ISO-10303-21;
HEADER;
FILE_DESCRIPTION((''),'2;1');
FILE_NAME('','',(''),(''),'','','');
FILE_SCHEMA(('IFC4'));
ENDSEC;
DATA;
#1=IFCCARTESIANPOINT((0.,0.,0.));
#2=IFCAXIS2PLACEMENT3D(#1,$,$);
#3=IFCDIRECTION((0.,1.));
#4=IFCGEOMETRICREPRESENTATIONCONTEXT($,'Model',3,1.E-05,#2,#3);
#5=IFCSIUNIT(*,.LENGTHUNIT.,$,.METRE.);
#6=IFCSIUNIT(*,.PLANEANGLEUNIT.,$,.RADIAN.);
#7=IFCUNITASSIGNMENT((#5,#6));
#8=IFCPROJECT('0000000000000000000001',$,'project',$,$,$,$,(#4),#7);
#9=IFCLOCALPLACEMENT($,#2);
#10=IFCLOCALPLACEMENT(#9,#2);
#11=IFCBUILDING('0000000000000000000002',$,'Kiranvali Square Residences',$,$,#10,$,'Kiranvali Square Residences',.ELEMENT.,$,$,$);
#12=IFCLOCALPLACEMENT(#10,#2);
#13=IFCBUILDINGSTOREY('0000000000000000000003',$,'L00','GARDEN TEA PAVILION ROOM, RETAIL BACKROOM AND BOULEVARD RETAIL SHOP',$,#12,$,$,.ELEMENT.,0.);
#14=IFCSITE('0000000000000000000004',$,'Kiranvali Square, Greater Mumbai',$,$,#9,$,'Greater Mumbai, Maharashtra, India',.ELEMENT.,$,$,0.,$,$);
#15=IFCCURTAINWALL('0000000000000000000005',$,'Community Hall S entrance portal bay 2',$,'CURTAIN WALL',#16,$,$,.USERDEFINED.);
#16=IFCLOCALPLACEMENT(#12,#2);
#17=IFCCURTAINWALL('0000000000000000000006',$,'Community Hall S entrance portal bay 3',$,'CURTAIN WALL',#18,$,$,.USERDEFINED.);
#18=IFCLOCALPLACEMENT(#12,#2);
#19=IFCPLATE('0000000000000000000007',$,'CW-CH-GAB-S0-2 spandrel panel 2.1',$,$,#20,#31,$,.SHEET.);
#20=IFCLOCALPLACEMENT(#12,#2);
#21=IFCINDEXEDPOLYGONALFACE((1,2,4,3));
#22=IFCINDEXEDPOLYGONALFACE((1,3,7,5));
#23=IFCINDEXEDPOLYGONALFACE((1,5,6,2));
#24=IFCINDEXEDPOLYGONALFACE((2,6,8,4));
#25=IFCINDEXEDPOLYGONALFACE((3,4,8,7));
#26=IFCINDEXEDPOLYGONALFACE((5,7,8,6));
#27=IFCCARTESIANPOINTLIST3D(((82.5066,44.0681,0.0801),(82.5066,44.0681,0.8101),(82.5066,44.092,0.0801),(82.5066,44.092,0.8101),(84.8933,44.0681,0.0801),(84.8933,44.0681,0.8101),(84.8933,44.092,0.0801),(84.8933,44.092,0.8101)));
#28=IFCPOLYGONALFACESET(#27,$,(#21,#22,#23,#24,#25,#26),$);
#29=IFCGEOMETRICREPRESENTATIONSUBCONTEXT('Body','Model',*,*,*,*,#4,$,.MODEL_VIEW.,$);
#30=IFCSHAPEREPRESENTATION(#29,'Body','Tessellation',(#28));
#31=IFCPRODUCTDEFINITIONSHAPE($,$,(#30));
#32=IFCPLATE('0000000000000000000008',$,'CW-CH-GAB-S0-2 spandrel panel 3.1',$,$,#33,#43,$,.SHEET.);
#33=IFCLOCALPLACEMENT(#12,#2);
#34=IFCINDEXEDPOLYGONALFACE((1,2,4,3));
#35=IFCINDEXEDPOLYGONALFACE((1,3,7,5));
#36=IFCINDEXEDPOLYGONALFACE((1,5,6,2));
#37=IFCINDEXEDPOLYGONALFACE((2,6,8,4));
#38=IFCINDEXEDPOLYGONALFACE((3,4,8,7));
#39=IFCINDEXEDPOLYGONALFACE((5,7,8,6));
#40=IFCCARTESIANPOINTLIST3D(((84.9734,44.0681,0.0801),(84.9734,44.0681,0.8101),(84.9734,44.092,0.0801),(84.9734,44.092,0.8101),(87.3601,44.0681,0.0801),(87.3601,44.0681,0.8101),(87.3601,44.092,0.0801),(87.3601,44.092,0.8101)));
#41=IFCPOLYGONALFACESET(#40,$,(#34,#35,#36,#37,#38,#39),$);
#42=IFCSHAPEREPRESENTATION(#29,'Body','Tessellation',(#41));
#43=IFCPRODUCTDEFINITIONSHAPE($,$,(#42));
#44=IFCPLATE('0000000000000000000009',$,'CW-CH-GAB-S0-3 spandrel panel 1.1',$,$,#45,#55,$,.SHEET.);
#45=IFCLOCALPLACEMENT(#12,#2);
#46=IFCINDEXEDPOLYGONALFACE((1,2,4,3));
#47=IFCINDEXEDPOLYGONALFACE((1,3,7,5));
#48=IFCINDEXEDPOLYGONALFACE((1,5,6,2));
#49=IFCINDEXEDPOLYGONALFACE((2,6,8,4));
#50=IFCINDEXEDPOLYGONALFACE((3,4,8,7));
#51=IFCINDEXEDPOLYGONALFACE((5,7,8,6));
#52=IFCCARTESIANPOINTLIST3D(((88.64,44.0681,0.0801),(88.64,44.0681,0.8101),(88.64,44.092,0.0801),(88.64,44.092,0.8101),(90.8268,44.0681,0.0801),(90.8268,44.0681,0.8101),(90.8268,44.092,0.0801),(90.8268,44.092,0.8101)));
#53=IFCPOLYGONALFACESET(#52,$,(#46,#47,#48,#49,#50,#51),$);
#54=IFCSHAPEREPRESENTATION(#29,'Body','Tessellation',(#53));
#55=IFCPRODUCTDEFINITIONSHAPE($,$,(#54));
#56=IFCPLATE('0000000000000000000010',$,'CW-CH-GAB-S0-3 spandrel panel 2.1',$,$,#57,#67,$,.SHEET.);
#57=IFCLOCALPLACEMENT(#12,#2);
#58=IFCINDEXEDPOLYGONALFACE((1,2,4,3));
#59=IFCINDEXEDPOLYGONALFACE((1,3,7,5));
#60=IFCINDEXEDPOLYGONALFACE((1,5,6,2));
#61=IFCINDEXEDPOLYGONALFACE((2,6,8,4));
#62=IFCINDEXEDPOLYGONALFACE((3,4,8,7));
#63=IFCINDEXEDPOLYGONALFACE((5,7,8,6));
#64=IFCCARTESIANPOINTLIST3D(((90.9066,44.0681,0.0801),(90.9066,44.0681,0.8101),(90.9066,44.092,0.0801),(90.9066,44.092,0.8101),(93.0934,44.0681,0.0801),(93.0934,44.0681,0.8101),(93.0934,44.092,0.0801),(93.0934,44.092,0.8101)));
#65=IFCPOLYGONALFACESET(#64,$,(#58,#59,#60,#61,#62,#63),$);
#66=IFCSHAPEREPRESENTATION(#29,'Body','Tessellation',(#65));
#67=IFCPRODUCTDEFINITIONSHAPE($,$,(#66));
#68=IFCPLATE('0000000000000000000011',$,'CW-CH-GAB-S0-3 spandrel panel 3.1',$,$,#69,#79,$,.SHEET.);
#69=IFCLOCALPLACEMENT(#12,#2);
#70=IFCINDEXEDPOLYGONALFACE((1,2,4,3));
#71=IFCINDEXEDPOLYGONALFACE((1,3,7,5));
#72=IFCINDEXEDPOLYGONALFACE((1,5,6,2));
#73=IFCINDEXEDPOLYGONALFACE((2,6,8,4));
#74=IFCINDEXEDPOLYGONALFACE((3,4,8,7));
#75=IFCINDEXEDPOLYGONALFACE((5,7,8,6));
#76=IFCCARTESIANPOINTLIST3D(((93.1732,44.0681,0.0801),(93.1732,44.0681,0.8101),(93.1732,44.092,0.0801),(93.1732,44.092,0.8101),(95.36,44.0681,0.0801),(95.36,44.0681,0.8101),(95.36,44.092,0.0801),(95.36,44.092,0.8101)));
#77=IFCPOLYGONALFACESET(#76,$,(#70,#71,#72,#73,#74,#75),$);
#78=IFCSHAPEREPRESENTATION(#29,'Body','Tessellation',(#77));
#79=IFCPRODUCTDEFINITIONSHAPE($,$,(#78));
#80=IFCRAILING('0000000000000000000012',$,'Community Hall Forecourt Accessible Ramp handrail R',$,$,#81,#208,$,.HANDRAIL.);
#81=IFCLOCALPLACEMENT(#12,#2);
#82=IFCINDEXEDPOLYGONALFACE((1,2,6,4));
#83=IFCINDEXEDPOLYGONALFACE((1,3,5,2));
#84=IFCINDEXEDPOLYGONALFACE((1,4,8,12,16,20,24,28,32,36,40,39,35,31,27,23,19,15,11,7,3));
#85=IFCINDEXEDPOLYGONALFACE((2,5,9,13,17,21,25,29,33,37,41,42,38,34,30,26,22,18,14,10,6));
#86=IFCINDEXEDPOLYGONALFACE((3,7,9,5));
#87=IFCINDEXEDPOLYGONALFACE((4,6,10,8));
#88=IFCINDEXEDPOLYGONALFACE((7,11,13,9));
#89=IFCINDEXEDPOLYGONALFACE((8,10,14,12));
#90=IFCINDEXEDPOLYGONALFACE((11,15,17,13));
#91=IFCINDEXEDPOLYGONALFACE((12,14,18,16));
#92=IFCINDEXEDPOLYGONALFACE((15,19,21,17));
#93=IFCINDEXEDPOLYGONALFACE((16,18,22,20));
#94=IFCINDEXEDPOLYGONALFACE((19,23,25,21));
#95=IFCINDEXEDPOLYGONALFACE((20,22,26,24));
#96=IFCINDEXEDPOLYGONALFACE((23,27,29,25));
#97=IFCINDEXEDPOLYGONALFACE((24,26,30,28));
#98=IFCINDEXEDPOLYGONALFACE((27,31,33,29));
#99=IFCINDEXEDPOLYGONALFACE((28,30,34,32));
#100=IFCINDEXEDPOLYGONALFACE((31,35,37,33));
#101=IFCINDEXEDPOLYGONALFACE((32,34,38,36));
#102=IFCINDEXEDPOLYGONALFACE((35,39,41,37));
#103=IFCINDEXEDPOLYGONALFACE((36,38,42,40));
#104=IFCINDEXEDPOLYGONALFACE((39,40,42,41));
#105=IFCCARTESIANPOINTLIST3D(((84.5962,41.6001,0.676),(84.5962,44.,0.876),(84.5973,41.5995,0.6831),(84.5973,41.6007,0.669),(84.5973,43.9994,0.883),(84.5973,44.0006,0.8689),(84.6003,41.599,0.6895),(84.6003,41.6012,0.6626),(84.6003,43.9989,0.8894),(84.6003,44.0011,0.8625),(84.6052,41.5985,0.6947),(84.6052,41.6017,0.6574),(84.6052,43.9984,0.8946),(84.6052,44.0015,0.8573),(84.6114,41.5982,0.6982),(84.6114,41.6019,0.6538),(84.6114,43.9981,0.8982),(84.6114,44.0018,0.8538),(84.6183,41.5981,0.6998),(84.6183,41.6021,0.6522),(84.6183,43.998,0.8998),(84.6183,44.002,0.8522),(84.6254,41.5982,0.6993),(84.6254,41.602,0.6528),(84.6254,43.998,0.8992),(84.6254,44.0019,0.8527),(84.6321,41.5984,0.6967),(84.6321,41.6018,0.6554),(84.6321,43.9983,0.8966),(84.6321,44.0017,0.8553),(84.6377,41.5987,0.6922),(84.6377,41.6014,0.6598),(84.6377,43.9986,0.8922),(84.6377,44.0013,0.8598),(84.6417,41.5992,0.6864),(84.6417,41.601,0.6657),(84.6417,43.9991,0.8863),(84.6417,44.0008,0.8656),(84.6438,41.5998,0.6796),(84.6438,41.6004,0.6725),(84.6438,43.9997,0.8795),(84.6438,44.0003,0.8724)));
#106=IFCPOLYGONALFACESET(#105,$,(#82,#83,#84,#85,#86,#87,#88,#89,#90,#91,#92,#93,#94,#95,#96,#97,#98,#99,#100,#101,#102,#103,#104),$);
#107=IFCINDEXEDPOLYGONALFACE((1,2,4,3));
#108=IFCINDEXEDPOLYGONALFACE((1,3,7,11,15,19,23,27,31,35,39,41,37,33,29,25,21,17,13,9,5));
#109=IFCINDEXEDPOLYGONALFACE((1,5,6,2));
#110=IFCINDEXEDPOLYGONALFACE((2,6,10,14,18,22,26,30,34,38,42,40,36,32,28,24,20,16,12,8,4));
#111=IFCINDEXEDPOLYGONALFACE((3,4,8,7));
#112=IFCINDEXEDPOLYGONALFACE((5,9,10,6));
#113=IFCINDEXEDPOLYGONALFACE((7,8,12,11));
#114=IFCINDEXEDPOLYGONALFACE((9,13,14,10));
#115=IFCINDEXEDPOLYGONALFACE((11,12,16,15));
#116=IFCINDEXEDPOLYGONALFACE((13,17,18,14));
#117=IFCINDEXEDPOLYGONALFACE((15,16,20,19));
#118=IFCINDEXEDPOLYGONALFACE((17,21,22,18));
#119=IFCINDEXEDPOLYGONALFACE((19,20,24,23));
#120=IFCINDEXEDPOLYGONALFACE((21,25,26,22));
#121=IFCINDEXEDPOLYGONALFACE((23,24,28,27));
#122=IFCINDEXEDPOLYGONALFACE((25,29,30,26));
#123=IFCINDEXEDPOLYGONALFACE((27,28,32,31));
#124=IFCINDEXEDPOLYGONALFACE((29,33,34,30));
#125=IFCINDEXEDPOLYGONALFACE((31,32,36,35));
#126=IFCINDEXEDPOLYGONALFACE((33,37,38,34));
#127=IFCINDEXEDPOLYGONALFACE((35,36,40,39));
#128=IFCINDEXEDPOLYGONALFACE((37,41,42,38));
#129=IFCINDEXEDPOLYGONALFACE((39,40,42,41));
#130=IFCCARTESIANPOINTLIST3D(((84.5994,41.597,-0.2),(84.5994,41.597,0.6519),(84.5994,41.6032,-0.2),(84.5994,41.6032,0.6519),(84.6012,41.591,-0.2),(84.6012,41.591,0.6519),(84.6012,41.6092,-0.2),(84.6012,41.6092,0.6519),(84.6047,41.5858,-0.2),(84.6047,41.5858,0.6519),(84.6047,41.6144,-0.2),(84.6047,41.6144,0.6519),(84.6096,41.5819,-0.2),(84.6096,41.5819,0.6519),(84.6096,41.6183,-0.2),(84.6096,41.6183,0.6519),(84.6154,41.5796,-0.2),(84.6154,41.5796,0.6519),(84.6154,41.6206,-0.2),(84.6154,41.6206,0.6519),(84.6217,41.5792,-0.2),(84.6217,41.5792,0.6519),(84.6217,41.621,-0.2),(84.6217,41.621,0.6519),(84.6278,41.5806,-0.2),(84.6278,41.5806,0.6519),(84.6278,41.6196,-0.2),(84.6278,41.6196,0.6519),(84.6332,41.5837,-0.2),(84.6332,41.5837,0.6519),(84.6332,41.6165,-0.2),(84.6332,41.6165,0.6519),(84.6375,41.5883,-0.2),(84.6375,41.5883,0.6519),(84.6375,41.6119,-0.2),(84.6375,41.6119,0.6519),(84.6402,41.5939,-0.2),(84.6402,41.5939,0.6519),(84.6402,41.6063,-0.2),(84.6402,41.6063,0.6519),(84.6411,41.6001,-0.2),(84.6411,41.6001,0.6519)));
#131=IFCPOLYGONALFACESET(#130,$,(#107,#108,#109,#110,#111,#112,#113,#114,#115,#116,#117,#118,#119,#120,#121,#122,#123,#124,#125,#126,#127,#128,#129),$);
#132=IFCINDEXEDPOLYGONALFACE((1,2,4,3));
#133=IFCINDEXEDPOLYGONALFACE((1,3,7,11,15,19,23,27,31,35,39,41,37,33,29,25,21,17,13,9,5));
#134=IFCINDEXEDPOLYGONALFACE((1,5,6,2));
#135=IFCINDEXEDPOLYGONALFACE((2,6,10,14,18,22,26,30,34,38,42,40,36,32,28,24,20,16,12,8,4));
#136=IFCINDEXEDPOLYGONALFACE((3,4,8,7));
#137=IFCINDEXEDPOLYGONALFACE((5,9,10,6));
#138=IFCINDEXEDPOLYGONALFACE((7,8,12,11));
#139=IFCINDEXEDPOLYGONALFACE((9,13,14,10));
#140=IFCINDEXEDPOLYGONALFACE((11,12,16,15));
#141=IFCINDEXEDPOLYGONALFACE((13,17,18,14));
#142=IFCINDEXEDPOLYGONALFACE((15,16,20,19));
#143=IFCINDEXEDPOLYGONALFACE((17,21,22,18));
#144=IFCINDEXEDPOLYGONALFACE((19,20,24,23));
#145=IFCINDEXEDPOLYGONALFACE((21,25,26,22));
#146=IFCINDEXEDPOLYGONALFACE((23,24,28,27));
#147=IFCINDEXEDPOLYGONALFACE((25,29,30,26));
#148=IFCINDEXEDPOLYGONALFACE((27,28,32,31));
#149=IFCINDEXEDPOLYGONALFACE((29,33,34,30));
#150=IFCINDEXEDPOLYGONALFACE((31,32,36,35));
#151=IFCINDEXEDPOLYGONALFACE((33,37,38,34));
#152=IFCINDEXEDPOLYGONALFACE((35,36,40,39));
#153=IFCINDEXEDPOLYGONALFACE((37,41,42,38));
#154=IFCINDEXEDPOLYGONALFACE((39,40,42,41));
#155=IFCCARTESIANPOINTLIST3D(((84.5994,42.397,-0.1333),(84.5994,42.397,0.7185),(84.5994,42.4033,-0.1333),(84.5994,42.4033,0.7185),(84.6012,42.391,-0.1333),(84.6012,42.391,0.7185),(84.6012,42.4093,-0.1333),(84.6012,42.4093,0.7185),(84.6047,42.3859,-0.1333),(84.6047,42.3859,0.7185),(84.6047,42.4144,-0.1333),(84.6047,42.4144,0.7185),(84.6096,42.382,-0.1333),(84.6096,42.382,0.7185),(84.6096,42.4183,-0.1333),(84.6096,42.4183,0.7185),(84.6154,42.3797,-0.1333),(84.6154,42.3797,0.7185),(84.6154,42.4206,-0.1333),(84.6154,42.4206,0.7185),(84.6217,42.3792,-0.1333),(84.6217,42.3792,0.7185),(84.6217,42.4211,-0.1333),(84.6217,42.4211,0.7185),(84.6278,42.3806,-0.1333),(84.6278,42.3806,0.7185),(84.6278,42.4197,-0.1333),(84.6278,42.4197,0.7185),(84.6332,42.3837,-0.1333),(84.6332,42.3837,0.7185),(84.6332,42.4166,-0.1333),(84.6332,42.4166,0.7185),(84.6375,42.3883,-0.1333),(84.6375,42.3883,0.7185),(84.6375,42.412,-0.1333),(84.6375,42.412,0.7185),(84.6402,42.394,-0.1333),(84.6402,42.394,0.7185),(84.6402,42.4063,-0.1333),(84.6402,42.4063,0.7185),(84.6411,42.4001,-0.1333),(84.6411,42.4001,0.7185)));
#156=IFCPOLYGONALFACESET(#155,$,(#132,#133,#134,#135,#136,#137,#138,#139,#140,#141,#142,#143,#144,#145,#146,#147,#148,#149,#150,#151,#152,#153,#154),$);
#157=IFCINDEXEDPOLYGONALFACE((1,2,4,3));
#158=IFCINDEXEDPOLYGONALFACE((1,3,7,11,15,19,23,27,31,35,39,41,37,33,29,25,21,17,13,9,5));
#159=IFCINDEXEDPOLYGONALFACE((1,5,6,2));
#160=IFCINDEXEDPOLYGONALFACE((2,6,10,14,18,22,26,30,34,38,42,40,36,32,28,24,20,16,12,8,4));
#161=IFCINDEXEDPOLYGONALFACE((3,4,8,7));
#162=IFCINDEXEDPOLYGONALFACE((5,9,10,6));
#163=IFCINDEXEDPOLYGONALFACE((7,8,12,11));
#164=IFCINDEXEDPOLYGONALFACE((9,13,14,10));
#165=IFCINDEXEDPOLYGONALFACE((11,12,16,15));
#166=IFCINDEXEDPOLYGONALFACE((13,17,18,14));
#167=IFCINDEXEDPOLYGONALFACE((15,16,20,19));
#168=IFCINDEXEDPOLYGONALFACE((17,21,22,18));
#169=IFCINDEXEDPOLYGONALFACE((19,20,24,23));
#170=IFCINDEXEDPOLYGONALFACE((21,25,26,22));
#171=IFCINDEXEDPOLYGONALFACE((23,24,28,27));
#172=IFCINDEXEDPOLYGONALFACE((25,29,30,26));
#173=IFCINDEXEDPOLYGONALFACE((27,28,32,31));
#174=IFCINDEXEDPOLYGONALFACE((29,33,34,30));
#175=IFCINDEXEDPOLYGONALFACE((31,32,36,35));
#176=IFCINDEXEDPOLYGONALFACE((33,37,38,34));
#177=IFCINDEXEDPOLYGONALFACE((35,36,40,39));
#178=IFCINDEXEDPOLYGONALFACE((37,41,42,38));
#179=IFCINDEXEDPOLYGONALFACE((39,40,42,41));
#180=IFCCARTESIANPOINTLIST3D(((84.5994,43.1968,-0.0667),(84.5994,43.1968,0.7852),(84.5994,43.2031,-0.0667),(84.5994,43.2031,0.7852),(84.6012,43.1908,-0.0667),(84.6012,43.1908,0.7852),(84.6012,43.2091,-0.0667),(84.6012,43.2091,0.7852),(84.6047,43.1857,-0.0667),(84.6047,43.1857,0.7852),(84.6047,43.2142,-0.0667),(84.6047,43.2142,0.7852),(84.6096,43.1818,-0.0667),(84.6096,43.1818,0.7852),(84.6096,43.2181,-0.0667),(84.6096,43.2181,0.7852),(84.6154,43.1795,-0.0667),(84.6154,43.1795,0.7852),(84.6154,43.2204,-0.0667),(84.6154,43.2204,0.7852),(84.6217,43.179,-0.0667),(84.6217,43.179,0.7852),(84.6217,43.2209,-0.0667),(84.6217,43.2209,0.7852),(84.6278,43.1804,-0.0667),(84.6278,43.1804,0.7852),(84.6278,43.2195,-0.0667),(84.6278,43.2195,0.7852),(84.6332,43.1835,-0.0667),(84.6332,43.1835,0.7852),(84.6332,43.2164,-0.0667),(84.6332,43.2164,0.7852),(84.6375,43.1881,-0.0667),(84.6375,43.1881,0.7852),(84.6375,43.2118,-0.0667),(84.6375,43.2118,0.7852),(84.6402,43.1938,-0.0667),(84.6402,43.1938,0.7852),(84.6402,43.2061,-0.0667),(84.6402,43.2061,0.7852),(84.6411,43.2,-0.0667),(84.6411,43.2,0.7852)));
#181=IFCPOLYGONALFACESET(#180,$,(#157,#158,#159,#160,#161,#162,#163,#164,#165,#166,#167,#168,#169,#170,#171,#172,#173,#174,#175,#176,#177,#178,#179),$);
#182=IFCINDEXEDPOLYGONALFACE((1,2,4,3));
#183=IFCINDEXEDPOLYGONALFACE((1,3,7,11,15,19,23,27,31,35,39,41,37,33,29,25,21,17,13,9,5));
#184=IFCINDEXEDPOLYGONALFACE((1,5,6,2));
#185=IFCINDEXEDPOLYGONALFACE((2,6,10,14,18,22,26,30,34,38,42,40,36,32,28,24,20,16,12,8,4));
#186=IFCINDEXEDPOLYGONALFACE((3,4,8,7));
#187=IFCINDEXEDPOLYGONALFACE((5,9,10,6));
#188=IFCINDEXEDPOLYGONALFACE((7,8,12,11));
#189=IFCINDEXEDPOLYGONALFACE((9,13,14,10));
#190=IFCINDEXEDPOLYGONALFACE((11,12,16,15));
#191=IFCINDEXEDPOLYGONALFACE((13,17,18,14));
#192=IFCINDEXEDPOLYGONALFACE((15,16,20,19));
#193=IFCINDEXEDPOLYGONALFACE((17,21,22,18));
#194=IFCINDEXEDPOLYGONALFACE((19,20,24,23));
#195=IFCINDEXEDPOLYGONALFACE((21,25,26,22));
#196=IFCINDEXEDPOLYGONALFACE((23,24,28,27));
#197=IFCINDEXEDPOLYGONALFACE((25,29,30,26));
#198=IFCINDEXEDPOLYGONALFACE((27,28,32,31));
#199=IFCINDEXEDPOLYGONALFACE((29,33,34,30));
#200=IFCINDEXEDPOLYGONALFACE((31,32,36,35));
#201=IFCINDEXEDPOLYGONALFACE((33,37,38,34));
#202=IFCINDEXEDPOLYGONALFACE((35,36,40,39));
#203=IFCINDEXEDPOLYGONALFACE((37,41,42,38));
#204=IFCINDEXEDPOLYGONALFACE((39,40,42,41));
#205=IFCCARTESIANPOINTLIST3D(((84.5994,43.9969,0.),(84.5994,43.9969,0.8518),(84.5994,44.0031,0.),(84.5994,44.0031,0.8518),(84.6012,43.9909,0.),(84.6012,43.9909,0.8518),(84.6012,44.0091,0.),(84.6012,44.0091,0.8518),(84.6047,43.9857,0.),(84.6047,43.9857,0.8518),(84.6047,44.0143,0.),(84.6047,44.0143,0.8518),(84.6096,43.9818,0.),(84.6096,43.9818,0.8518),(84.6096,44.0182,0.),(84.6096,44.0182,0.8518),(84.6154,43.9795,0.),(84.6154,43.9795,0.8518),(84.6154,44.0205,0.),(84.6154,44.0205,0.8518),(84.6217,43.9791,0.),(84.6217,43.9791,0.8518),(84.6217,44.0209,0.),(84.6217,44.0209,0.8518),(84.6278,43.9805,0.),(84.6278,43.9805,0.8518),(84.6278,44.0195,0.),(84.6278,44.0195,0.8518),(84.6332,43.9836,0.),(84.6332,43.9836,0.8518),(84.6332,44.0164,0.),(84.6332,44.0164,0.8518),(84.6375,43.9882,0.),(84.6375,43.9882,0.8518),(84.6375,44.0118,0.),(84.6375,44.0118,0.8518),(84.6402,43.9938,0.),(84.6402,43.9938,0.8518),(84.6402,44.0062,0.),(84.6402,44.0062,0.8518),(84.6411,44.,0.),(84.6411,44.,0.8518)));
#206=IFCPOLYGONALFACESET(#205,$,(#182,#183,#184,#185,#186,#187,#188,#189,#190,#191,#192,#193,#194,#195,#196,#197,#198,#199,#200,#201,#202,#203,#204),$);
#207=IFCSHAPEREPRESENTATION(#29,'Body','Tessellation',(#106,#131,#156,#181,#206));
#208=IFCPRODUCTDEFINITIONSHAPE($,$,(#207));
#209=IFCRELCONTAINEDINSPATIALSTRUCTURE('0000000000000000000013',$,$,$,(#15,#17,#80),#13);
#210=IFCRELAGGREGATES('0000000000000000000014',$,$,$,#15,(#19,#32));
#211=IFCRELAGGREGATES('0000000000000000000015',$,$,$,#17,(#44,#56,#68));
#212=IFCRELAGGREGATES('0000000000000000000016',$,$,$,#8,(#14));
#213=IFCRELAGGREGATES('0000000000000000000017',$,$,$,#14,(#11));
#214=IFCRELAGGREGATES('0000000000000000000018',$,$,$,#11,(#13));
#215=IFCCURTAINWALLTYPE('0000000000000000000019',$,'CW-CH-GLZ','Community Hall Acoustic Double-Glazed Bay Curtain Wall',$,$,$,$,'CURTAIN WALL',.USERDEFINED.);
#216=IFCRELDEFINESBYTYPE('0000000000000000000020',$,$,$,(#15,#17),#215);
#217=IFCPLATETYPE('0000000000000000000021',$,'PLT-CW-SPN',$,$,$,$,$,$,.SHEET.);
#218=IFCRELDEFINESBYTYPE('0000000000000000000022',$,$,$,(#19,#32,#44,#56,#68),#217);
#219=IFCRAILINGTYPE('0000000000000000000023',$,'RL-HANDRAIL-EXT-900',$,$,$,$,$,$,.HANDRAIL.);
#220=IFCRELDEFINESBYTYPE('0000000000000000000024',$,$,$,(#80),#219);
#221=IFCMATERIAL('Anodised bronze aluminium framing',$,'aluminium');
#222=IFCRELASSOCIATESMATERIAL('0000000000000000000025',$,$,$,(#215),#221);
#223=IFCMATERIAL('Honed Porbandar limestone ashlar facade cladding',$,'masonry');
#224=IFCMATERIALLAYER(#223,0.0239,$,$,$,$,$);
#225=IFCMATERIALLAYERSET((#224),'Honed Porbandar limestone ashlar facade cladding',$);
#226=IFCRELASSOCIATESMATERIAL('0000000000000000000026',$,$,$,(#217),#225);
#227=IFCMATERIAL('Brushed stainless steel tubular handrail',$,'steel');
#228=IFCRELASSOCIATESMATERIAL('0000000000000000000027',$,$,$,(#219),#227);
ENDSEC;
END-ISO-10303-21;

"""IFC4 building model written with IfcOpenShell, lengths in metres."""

from ifc_helpers import new_model, si_unit, direction, frame, origin, origin_2d, place, context, subcontext, project, spatial, rectangle, circle, extrude, material, layer, layer_set, type_object, element, aggregate, save


model = new_model("IFC4")

# Units and contexts
model_context = context("Model", 3, precision=1e-05, world=origin(), true_north=direction((0.0, 1.0)))
body_context = subcontext(model_context, "Body", "Model", "MODEL_VIEW")
ifc_project = project(units=[si_unit("LENGTHUNIT", "METRE"), si_unit("PLANEANGLEUNIT", "RADIAN")], contexts=[model_context])

# Site, building, storey
site_placement = place(None, origin())
site = spatial("IfcSite", under=ifc_project, at=site_placement, Name="Kiranvali Square, Greater Mumbai", LongName="Greater Mumbai, Maharashtra, India", CompositionType="ELEMENT", RefElevation=0.0)
building_placement = place(site_placement, origin())
building = spatial("IfcBuilding", under=site, at=building_placement, Name="Kiranvali Square Residences", LongName="Kiranvali Square Residences", CompositionType="ELEMENT")
storey_placement = place(building_placement, origin())
storey = spatial("IfcBuildingStorey", under=building, at=storey_placement, Name="L00", Description="GARDEN TEA PAVILION ROOM, RETAIL BACKROOM AND BOULEVARD RETAIL SHOP", CompositionType="ELEMENT", Elevation=0.0)

# Curtain walls
ifc_material_1 = material(Name="Anodised bronze aluminium framing", Category="aluminium")
curtain_wall_type = type_object("IfcCurtainWallType", Name="CW-CH-GLZ", Description="Community Hall Acoustic Double-Glazed Bay Curtain Wall", ElementType="CURTAIN WALL", PredefinedType="USERDEFINED", material=ifc_material_1)
curtain_wall_1_placement = place(storey_placement, origin())
curtain_wall_1 = element("IfcCurtainWall", 1, at=curtain_wall_1_placement, inside=storey, type_object=curtain_wall_type, Name="Community Hall S entrance portal bay 2", ObjectType="CURTAIN WALL", PredefinedType="USERDEFINED")
curtain_wall_2_placement = place(storey_placement, origin())
curtain_wall_2 = element("IfcCurtainWall", 2, at=curtain_wall_2_placement, inside=storey, type_object=curtain_wall_type, Name="Community Hall S entrance portal bay 3", ObjectType="CURTAIN WALL", PredefinedType="USERDEFINED")

# Plates
ifc_material_2 = material(Name="Honed Porbandar limestone ashlar facade cladding", Category="masonry")
ifc_layer_1 = layer(ifc_material_2, 0.0239)
ifc_layer_set_1 = layer_set([ifc_layer_1], Name="Honed Porbandar limestone ashlar facade cladding")
plate_type_1 = type_object("IfcPlateType", Name="PLT-CW-SPN", PredefinedType="SHEET", material=ifc_layer_set_1)
plate_1_placement = place(storey_placement, frame((83.7, 44.0801, 0.0801), z_axis=(0.0, 0.0, 1.0), x_axis=(1.0, 0.0, 0.0)))
plate_1 = element("IfcPlate", 3, at=plate_1_placement, type_object=plate_type_1, Name="CW-CH-GAB-S0-2 spandrel panel 2.1", PredefinedType="SHEET", context=body_context, shape_type="SweptSolid", body=[
    extrude(rectangle(XDim=2.3867, YDim=0.0239, at=origin_2d()), origin(), (0.0, 0.0, 1.0), 0.73),
])
plate_2_placement = place(storey_placement, frame((86.1667, 44.0801, 0.0801), z_axis=(0.0, 0.0, 1.0), x_axis=(1.0, 0.0, 0.0)))
plate_2 = element("IfcPlate", 4, at=plate_2_placement, type_object=plate_type_1, Name="CW-CH-GAB-S0-2 spandrel panel 3.1", PredefinedType="SHEET", context=body_context, shape_type="SweptSolid", body=[
    extrude(rectangle(XDim=2.3867, YDim=0.0239, at=origin_2d()), origin(), (0.0, 0.0, 1.0), 0.73),
])
aggregate(curtain_wall_1, [plate_1, plate_2])
plate_3_placement = place(storey_placement, frame((89.7334, 44.0801, 0.0801), z_axis=(0.0, 0.0, 1.0), x_axis=(1.0, 0.0, 0.0)))
plate_3 = element("IfcPlate", 5, at=plate_3_placement, type_object=plate_type_1, Name="CW-CH-GAB-S0-3 spandrel panel 1.1", PredefinedType="SHEET", context=body_context, shape_type="SweptSolid", body=[
    extrude(rectangle(XDim=2.1868, YDim=0.0239, at=origin_2d()), origin(), (0.0, 0.0, 1.0), 0.73),
])
plate_4_placement = place(storey_placement, frame((92.0, 44.0801, 0.0801), z_axis=(0.0, 0.0, 1.0), x_axis=(1.0, 0.0, 0.0)))
plate_4 = element("IfcPlate", 6, at=plate_4_placement, type_object=plate_type_1, Name="CW-CH-GAB-S0-3 spandrel panel 2.1", PredefinedType="SHEET", context=body_context, shape_type="SweptSolid", body=[
    extrude(rectangle(XDim=2.1868, YDim=0.0239, at=origin_2d()), origin(), (0.0, 0.0, 1.0), 0.73),
])
plate_5_placement = place(storey_placement, frame((94.2666, 44.0801, 0.0801), z_axis=(0.0, 0.0, 1.0), x_axis=(1.0, 0.0, 0.0)))
plate_5 = element("IfcPlate", 7, at=plate_5_placement, type_object=plate_type_1, Name="CW-CH-GAB-S0-3 spandrel panel 3.1", PredefinedType="SHEET", context=body_context, shape_type="SweptSolid", body=[
    extrude(rectangle(XDim=2.1868, YDim=0.0239, at=origin_2d()), origin(), (0.0, 0.0, 1.0), 0.73),
])
aggregate(curtain_wall_2, [plate_3, plate_4, plate_5])

# Railing
ifc_material_3 = material(Name="Brushed stainless steel tubular handrail", Category="steel")
railing_type = type_object("IfcRailingType", Name="RL-HANDRAIL-EXT-900", PredefinedType="HANDRAIL", material=ifc_material_3)
railing_placement = place(storey_placement, frame((84.6201, 41.6001, -0.2)))
element("IfcRailing", 8, at=railing_placement, inside=storey, type_object=railing_type, Name="Community Hall Forecourt Accessible Ramp handrail R", PredefinedType="HANDRAIL", context=body_context, shape_type="SweptSolid", body=[
    extrude(circle(Radius=0.0239, at=origin_2d()), frame((0.0, 0.0, 0.876), z_axis=(0.0, 0.996547, 0.083029), x_axis=(-1.0, 0.0, 0.0)), (0.0, 0.0, 1.0), 2.4082),
    extrude(circle(Radius=0.021, at=origin_2d()), origin(), (0.0, 0.0, 1.0), 0.8518),
    extrude(circle(Radius=0.021, at=origin_2d()), frame((0.0, 0.8, 0.0667)), (0.0, 0.0, 1.0), 0.8518),
    extrude(circle(Radius=0.021, at=origin_2d()), frame((0.0, 1.5999, 0.1333)), (0.0, 0.0, 1.0), 0.8518),
    extrude(circle(Radius=0.021, at=origin_2d()), frame((0.0, 2.3999, 0.2)), (0.0, 0.0, 1.0), 0.8518),
])

save(model, "model.ifc")
